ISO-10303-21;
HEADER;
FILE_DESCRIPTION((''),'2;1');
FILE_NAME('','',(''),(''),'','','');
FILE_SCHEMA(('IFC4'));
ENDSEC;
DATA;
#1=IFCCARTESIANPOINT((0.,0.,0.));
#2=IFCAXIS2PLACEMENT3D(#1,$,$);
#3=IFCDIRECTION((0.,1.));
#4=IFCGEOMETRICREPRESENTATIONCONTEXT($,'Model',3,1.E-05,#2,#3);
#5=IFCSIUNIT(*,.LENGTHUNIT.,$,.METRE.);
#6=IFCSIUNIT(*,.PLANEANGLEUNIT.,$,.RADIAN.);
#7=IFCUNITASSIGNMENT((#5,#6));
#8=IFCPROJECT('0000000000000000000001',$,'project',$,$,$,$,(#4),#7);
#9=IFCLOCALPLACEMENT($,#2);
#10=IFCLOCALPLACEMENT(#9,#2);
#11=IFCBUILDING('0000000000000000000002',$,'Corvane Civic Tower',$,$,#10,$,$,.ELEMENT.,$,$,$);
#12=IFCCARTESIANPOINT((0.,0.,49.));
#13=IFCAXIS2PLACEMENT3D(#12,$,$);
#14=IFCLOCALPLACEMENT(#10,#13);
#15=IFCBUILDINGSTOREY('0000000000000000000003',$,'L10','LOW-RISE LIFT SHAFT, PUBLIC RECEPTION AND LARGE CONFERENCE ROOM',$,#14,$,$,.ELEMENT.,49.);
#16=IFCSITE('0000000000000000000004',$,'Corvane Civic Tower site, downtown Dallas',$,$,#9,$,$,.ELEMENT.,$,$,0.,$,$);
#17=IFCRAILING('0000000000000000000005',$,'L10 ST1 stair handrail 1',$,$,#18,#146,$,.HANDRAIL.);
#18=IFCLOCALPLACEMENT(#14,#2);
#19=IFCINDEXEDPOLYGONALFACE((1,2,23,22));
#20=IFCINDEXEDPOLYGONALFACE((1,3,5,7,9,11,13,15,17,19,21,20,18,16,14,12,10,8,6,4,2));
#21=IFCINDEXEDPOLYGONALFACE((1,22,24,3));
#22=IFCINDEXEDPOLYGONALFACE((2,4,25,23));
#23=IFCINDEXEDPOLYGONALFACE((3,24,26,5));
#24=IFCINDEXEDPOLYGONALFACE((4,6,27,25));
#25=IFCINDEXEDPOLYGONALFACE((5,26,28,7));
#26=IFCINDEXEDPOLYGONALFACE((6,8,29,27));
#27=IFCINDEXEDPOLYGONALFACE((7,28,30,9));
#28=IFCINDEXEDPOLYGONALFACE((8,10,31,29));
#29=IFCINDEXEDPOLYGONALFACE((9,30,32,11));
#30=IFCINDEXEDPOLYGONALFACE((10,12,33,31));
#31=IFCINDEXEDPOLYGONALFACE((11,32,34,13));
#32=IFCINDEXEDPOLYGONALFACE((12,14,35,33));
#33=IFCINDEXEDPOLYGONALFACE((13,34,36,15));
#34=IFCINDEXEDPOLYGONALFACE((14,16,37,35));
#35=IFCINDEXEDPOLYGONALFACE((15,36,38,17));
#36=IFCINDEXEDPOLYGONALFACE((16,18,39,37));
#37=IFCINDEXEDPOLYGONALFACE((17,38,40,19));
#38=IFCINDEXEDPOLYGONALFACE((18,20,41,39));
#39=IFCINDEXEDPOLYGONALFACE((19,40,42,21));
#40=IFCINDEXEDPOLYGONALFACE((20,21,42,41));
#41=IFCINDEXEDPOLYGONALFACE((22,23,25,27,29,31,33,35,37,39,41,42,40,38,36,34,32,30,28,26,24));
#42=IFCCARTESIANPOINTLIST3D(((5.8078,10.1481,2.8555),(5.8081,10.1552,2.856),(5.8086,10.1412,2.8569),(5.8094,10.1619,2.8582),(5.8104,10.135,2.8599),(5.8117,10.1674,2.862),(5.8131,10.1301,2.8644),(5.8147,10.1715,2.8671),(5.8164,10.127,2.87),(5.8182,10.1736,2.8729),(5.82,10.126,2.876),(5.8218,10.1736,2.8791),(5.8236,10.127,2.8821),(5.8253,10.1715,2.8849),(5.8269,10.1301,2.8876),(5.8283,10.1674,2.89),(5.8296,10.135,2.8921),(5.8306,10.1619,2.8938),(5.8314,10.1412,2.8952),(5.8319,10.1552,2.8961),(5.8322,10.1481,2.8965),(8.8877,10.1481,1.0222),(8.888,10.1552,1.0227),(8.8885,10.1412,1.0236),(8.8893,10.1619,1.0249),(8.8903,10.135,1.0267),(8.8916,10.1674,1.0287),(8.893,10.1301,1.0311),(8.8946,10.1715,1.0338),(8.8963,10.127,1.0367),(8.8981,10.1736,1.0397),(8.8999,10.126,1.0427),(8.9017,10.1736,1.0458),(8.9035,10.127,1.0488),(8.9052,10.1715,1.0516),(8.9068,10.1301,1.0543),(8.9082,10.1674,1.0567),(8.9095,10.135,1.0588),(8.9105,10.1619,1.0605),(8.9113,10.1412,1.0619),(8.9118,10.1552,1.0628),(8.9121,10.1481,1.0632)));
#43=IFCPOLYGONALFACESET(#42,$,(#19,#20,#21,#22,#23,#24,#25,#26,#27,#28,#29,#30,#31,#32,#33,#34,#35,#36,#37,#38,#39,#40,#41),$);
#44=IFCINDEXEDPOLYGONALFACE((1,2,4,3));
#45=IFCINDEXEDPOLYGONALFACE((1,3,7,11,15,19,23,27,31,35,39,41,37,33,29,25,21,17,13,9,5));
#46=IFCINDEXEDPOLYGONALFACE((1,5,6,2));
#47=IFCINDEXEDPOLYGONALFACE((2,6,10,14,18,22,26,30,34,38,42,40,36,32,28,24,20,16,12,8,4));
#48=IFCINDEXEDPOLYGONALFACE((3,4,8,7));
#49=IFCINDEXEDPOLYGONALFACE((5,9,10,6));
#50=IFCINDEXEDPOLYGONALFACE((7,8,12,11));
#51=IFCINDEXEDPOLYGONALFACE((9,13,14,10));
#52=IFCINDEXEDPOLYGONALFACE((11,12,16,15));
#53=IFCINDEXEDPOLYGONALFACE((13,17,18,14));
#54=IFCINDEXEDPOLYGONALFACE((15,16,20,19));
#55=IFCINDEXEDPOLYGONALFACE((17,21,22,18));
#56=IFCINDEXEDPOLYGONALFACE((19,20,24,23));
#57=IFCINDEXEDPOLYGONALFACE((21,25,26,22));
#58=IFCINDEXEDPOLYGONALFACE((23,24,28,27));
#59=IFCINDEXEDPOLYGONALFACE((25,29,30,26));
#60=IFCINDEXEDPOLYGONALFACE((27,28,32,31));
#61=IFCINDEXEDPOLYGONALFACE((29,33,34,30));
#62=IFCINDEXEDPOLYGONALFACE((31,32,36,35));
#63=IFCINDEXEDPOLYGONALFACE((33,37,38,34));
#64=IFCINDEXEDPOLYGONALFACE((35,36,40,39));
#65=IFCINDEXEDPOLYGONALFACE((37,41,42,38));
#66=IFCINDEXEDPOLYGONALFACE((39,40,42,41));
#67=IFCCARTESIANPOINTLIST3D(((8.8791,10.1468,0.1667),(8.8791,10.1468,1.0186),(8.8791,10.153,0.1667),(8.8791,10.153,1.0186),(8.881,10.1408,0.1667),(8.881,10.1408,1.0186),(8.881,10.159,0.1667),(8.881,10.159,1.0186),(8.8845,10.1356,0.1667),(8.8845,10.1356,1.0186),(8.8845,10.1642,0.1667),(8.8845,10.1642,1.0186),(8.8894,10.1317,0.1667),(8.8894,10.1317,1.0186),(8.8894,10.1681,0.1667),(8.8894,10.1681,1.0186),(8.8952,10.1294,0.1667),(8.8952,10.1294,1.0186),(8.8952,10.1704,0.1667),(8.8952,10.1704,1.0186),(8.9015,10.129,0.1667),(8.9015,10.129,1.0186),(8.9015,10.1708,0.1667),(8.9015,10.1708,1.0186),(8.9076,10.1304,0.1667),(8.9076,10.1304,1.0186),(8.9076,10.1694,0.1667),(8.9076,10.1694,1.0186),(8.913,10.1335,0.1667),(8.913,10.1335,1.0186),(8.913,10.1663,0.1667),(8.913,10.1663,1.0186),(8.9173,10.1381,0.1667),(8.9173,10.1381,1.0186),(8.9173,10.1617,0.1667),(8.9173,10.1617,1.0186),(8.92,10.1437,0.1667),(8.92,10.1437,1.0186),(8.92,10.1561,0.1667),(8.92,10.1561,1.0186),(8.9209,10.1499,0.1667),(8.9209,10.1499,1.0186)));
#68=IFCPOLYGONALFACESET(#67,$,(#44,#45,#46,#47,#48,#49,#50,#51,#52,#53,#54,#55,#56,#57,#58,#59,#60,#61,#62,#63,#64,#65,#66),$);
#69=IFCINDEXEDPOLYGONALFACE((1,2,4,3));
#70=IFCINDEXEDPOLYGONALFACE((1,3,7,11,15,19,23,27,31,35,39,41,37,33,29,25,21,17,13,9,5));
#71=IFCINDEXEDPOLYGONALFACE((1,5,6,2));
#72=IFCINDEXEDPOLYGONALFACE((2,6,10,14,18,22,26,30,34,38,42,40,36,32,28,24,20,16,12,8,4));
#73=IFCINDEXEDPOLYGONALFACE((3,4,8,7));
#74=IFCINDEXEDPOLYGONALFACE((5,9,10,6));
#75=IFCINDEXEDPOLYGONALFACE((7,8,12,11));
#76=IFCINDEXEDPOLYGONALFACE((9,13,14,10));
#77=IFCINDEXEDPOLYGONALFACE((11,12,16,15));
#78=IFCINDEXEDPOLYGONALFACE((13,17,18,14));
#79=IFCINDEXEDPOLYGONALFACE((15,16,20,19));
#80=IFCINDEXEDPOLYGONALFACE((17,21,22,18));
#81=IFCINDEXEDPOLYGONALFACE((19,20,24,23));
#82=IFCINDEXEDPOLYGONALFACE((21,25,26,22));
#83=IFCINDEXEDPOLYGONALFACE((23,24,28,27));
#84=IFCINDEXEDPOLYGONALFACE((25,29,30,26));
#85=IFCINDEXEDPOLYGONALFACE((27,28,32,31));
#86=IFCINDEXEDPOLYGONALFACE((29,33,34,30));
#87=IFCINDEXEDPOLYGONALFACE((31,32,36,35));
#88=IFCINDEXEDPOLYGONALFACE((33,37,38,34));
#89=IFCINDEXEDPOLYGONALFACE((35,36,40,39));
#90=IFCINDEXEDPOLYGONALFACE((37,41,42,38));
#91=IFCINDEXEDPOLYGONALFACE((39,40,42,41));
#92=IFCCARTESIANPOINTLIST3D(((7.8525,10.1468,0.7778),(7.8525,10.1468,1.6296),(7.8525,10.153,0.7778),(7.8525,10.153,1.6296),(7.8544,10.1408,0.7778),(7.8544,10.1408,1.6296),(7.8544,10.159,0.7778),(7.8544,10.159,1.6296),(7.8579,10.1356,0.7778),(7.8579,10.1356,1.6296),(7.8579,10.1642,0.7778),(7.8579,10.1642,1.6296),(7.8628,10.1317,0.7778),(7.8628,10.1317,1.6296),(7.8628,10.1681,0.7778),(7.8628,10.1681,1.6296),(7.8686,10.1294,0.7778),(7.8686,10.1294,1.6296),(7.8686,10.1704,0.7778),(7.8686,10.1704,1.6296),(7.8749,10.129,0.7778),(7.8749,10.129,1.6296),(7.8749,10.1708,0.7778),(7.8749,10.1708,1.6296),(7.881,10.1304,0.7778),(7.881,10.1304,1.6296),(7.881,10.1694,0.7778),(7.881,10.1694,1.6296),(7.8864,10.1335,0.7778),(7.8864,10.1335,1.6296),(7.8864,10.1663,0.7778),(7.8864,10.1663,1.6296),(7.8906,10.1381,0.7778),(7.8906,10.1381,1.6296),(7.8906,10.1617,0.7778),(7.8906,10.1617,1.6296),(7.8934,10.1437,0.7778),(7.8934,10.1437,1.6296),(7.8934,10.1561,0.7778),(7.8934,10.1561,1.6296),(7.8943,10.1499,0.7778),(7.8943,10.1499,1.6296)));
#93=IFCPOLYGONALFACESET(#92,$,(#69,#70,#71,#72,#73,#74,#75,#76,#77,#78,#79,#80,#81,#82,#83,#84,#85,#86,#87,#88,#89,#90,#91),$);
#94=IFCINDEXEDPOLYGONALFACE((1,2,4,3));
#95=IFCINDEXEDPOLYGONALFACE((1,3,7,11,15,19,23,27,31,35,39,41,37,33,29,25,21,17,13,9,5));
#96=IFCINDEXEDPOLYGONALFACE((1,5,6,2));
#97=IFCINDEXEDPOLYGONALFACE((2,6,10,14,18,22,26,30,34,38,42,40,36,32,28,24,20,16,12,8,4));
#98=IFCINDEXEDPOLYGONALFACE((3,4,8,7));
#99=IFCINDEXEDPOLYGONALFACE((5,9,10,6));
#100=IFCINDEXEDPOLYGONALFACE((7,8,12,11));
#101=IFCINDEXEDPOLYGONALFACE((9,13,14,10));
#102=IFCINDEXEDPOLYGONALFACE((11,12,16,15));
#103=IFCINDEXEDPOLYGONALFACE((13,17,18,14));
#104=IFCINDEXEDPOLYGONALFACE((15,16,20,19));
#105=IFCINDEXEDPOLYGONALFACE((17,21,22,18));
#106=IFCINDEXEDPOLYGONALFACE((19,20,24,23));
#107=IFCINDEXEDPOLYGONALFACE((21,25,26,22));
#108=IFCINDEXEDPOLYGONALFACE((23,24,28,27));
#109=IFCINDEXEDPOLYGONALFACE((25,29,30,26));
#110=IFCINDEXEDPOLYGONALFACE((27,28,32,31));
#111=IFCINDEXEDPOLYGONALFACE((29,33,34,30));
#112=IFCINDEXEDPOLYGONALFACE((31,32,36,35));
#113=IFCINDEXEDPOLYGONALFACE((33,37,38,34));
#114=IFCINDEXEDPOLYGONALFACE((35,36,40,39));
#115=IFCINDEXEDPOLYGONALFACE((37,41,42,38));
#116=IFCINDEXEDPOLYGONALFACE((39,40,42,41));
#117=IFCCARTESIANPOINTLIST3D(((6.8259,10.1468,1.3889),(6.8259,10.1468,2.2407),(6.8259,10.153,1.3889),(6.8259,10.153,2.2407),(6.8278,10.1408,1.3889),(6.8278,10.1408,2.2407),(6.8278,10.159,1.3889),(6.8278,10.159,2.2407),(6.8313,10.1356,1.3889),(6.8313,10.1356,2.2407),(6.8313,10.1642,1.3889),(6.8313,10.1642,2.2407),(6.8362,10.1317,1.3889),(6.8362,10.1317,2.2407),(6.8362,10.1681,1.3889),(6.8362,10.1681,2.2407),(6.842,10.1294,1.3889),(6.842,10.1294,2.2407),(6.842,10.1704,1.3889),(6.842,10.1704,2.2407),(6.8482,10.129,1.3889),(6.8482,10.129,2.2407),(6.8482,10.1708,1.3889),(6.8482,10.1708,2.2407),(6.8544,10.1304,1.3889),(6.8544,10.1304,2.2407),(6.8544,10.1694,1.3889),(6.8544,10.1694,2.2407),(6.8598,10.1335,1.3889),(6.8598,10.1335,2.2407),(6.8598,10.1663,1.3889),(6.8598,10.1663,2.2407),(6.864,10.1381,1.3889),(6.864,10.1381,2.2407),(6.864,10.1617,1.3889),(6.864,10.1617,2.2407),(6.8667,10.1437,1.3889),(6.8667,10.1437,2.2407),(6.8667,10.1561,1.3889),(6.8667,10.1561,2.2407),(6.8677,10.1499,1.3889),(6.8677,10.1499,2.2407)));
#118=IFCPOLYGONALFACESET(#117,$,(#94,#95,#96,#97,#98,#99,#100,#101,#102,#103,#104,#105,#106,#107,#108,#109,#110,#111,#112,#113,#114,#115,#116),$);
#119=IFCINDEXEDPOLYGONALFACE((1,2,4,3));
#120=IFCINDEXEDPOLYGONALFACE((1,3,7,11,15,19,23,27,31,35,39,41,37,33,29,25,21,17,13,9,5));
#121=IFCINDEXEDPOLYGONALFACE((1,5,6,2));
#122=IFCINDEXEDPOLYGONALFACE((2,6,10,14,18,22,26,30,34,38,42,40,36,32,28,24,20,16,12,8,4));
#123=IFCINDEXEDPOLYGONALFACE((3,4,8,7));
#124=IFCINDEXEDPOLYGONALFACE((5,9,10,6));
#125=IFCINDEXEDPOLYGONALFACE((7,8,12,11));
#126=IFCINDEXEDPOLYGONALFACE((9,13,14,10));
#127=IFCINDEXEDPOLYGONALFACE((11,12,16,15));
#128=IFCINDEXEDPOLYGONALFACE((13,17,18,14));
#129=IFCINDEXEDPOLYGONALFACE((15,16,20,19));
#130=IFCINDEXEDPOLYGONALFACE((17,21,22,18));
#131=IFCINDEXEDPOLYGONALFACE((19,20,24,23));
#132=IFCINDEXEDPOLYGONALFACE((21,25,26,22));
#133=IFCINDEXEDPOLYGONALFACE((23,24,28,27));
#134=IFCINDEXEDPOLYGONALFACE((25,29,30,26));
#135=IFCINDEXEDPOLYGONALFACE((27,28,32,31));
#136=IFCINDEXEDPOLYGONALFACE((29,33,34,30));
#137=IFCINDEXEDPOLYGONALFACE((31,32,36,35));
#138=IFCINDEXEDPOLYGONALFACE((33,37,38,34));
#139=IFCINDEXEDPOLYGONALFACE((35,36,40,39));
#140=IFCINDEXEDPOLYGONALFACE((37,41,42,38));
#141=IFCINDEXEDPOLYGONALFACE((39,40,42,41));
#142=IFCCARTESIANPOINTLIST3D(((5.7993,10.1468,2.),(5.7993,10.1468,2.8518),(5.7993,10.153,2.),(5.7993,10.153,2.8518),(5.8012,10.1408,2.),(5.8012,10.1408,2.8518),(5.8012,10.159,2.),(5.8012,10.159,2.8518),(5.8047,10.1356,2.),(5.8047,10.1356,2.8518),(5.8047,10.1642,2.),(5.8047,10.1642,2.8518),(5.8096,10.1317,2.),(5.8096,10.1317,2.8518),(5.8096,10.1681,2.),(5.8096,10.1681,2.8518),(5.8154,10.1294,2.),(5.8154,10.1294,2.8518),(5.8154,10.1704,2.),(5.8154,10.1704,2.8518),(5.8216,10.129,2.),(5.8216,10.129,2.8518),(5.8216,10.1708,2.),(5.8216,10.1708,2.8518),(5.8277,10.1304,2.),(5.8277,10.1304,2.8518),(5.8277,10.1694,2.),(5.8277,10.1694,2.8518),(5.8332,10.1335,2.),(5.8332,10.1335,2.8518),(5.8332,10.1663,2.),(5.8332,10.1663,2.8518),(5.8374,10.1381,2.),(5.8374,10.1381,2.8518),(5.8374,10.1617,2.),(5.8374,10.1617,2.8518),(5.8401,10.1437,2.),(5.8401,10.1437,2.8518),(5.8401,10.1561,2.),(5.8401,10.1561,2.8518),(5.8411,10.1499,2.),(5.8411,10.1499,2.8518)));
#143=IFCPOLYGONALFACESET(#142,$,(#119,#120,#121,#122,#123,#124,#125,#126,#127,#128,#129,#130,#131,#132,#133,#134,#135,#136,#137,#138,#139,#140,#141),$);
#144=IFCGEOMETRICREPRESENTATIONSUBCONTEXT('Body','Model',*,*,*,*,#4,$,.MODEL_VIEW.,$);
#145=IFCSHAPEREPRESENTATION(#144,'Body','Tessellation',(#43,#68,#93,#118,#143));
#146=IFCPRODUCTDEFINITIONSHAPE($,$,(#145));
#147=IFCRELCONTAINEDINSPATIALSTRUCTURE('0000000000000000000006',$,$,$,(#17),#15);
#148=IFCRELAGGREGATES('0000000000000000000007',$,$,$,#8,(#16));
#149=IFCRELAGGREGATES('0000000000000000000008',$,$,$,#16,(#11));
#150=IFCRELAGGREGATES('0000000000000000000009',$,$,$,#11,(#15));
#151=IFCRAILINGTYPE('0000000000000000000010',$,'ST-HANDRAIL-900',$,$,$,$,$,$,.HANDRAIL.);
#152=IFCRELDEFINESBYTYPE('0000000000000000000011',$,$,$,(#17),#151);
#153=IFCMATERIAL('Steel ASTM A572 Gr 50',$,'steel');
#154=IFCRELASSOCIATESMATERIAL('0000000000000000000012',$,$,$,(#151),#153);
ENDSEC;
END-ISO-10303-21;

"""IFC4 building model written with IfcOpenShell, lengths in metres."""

from ifc_helpers import new_model, si_unit, direction, frame, origin, origin_2d, place, context, subcontext, project, spatial, circle, extrude, material, type_object, element, save


model = new_model("IFC4")

# Units and contexts
model_context = context("Model", 3, precision=1e-05, world=origin(), true_north=direction((0.0, 1.0)))
body_context = subcontext(model_context, "Body", "Model", "MODEL_VIEW")
ifc_project = project(units=[si_unit("LENGTHUNIT", "METRE"), si_unit("PLANEANGLEUNIT", "RADIAN")], contexts=[model_context])

# Site, building, storey
site_placement = place(None, origin())
site = spatial("IfcSite", under=ifc_project, at=site_placement, Name="Corvane Civic Tower site, downtown Dallas", CompositionType="ELEMENT", RefElevation=0.0)
building_placement = place(site_placement, origin())
building = spatial("IfcBuilding", under=site, at=building_placement, Name="Corvane Civic Tower", CompositionType="ELEMENT")
storey_placement = place(building_placement, frame((0.0, 0.0, 49.0)))
storey = spatial("IfcBuildingStorey", under=building, at=storey_placement, Name="L10", Description="LOW-RISE LIFT SHAFT, PUBLIC RECEPTION AND LARGE CONFERENCE ROOM", CompositionType="ELEMENT", Elevation=49.0)

# Railing
ifc_material_1 = material(Name="Steel ASTM A572 Gr 50", Category="steel")
railing_type_1 = type_object("IfcRailingType", Name="ST-HANDRAIL-900", PredefinedType="HANDRAIL", material=ifc_material_1)
railing_1_placement = place(storey_placement, frame((8.8999, 10.1499, 0.1667)))
element("IfcRailing", 1, at=railing_1_placement, inside=storey, type_object=railing_type_1, Name="L10 ST1 stair handrail 1", PredefinedType="HANDRAIL", context=body_context, shape_type="SweptSolid", body=[
    extrude(circle(Radius=0.0239, at=origin_2d()), frame((0.0, 0.0, 0.876), z_axis=(-0.859291, 0.0, 0.511487), x_axis=(0.0, -1.0, 0.0)), (0.0, 0.0, 1.0), 3.5842),
    extrude(circle(Radius=0.021, at=origin_2d()), origin(), (0.0, 0.0, 1.0), 0.8518),
    extrude(circle(Radius=0.021, at=origin_2d()), frame((-1.0266, 0.0, 0.6111)), (0.0, 0.0, 1.0), 0.8518),
    extrude(circle(Radius=0.021, at=origin_2d()), frame((-2.0532, 0.0, 1.2222)), (0.0, 0.0, 1.0), 0.8518),
    extrude(circle(Radius=0.021, at=origin_2d()), frame((-3.0798, 0.0, 1.8333)), (0.0, 0.0, 1.0), 0.8518),
])

save(model, "model.ifc")
